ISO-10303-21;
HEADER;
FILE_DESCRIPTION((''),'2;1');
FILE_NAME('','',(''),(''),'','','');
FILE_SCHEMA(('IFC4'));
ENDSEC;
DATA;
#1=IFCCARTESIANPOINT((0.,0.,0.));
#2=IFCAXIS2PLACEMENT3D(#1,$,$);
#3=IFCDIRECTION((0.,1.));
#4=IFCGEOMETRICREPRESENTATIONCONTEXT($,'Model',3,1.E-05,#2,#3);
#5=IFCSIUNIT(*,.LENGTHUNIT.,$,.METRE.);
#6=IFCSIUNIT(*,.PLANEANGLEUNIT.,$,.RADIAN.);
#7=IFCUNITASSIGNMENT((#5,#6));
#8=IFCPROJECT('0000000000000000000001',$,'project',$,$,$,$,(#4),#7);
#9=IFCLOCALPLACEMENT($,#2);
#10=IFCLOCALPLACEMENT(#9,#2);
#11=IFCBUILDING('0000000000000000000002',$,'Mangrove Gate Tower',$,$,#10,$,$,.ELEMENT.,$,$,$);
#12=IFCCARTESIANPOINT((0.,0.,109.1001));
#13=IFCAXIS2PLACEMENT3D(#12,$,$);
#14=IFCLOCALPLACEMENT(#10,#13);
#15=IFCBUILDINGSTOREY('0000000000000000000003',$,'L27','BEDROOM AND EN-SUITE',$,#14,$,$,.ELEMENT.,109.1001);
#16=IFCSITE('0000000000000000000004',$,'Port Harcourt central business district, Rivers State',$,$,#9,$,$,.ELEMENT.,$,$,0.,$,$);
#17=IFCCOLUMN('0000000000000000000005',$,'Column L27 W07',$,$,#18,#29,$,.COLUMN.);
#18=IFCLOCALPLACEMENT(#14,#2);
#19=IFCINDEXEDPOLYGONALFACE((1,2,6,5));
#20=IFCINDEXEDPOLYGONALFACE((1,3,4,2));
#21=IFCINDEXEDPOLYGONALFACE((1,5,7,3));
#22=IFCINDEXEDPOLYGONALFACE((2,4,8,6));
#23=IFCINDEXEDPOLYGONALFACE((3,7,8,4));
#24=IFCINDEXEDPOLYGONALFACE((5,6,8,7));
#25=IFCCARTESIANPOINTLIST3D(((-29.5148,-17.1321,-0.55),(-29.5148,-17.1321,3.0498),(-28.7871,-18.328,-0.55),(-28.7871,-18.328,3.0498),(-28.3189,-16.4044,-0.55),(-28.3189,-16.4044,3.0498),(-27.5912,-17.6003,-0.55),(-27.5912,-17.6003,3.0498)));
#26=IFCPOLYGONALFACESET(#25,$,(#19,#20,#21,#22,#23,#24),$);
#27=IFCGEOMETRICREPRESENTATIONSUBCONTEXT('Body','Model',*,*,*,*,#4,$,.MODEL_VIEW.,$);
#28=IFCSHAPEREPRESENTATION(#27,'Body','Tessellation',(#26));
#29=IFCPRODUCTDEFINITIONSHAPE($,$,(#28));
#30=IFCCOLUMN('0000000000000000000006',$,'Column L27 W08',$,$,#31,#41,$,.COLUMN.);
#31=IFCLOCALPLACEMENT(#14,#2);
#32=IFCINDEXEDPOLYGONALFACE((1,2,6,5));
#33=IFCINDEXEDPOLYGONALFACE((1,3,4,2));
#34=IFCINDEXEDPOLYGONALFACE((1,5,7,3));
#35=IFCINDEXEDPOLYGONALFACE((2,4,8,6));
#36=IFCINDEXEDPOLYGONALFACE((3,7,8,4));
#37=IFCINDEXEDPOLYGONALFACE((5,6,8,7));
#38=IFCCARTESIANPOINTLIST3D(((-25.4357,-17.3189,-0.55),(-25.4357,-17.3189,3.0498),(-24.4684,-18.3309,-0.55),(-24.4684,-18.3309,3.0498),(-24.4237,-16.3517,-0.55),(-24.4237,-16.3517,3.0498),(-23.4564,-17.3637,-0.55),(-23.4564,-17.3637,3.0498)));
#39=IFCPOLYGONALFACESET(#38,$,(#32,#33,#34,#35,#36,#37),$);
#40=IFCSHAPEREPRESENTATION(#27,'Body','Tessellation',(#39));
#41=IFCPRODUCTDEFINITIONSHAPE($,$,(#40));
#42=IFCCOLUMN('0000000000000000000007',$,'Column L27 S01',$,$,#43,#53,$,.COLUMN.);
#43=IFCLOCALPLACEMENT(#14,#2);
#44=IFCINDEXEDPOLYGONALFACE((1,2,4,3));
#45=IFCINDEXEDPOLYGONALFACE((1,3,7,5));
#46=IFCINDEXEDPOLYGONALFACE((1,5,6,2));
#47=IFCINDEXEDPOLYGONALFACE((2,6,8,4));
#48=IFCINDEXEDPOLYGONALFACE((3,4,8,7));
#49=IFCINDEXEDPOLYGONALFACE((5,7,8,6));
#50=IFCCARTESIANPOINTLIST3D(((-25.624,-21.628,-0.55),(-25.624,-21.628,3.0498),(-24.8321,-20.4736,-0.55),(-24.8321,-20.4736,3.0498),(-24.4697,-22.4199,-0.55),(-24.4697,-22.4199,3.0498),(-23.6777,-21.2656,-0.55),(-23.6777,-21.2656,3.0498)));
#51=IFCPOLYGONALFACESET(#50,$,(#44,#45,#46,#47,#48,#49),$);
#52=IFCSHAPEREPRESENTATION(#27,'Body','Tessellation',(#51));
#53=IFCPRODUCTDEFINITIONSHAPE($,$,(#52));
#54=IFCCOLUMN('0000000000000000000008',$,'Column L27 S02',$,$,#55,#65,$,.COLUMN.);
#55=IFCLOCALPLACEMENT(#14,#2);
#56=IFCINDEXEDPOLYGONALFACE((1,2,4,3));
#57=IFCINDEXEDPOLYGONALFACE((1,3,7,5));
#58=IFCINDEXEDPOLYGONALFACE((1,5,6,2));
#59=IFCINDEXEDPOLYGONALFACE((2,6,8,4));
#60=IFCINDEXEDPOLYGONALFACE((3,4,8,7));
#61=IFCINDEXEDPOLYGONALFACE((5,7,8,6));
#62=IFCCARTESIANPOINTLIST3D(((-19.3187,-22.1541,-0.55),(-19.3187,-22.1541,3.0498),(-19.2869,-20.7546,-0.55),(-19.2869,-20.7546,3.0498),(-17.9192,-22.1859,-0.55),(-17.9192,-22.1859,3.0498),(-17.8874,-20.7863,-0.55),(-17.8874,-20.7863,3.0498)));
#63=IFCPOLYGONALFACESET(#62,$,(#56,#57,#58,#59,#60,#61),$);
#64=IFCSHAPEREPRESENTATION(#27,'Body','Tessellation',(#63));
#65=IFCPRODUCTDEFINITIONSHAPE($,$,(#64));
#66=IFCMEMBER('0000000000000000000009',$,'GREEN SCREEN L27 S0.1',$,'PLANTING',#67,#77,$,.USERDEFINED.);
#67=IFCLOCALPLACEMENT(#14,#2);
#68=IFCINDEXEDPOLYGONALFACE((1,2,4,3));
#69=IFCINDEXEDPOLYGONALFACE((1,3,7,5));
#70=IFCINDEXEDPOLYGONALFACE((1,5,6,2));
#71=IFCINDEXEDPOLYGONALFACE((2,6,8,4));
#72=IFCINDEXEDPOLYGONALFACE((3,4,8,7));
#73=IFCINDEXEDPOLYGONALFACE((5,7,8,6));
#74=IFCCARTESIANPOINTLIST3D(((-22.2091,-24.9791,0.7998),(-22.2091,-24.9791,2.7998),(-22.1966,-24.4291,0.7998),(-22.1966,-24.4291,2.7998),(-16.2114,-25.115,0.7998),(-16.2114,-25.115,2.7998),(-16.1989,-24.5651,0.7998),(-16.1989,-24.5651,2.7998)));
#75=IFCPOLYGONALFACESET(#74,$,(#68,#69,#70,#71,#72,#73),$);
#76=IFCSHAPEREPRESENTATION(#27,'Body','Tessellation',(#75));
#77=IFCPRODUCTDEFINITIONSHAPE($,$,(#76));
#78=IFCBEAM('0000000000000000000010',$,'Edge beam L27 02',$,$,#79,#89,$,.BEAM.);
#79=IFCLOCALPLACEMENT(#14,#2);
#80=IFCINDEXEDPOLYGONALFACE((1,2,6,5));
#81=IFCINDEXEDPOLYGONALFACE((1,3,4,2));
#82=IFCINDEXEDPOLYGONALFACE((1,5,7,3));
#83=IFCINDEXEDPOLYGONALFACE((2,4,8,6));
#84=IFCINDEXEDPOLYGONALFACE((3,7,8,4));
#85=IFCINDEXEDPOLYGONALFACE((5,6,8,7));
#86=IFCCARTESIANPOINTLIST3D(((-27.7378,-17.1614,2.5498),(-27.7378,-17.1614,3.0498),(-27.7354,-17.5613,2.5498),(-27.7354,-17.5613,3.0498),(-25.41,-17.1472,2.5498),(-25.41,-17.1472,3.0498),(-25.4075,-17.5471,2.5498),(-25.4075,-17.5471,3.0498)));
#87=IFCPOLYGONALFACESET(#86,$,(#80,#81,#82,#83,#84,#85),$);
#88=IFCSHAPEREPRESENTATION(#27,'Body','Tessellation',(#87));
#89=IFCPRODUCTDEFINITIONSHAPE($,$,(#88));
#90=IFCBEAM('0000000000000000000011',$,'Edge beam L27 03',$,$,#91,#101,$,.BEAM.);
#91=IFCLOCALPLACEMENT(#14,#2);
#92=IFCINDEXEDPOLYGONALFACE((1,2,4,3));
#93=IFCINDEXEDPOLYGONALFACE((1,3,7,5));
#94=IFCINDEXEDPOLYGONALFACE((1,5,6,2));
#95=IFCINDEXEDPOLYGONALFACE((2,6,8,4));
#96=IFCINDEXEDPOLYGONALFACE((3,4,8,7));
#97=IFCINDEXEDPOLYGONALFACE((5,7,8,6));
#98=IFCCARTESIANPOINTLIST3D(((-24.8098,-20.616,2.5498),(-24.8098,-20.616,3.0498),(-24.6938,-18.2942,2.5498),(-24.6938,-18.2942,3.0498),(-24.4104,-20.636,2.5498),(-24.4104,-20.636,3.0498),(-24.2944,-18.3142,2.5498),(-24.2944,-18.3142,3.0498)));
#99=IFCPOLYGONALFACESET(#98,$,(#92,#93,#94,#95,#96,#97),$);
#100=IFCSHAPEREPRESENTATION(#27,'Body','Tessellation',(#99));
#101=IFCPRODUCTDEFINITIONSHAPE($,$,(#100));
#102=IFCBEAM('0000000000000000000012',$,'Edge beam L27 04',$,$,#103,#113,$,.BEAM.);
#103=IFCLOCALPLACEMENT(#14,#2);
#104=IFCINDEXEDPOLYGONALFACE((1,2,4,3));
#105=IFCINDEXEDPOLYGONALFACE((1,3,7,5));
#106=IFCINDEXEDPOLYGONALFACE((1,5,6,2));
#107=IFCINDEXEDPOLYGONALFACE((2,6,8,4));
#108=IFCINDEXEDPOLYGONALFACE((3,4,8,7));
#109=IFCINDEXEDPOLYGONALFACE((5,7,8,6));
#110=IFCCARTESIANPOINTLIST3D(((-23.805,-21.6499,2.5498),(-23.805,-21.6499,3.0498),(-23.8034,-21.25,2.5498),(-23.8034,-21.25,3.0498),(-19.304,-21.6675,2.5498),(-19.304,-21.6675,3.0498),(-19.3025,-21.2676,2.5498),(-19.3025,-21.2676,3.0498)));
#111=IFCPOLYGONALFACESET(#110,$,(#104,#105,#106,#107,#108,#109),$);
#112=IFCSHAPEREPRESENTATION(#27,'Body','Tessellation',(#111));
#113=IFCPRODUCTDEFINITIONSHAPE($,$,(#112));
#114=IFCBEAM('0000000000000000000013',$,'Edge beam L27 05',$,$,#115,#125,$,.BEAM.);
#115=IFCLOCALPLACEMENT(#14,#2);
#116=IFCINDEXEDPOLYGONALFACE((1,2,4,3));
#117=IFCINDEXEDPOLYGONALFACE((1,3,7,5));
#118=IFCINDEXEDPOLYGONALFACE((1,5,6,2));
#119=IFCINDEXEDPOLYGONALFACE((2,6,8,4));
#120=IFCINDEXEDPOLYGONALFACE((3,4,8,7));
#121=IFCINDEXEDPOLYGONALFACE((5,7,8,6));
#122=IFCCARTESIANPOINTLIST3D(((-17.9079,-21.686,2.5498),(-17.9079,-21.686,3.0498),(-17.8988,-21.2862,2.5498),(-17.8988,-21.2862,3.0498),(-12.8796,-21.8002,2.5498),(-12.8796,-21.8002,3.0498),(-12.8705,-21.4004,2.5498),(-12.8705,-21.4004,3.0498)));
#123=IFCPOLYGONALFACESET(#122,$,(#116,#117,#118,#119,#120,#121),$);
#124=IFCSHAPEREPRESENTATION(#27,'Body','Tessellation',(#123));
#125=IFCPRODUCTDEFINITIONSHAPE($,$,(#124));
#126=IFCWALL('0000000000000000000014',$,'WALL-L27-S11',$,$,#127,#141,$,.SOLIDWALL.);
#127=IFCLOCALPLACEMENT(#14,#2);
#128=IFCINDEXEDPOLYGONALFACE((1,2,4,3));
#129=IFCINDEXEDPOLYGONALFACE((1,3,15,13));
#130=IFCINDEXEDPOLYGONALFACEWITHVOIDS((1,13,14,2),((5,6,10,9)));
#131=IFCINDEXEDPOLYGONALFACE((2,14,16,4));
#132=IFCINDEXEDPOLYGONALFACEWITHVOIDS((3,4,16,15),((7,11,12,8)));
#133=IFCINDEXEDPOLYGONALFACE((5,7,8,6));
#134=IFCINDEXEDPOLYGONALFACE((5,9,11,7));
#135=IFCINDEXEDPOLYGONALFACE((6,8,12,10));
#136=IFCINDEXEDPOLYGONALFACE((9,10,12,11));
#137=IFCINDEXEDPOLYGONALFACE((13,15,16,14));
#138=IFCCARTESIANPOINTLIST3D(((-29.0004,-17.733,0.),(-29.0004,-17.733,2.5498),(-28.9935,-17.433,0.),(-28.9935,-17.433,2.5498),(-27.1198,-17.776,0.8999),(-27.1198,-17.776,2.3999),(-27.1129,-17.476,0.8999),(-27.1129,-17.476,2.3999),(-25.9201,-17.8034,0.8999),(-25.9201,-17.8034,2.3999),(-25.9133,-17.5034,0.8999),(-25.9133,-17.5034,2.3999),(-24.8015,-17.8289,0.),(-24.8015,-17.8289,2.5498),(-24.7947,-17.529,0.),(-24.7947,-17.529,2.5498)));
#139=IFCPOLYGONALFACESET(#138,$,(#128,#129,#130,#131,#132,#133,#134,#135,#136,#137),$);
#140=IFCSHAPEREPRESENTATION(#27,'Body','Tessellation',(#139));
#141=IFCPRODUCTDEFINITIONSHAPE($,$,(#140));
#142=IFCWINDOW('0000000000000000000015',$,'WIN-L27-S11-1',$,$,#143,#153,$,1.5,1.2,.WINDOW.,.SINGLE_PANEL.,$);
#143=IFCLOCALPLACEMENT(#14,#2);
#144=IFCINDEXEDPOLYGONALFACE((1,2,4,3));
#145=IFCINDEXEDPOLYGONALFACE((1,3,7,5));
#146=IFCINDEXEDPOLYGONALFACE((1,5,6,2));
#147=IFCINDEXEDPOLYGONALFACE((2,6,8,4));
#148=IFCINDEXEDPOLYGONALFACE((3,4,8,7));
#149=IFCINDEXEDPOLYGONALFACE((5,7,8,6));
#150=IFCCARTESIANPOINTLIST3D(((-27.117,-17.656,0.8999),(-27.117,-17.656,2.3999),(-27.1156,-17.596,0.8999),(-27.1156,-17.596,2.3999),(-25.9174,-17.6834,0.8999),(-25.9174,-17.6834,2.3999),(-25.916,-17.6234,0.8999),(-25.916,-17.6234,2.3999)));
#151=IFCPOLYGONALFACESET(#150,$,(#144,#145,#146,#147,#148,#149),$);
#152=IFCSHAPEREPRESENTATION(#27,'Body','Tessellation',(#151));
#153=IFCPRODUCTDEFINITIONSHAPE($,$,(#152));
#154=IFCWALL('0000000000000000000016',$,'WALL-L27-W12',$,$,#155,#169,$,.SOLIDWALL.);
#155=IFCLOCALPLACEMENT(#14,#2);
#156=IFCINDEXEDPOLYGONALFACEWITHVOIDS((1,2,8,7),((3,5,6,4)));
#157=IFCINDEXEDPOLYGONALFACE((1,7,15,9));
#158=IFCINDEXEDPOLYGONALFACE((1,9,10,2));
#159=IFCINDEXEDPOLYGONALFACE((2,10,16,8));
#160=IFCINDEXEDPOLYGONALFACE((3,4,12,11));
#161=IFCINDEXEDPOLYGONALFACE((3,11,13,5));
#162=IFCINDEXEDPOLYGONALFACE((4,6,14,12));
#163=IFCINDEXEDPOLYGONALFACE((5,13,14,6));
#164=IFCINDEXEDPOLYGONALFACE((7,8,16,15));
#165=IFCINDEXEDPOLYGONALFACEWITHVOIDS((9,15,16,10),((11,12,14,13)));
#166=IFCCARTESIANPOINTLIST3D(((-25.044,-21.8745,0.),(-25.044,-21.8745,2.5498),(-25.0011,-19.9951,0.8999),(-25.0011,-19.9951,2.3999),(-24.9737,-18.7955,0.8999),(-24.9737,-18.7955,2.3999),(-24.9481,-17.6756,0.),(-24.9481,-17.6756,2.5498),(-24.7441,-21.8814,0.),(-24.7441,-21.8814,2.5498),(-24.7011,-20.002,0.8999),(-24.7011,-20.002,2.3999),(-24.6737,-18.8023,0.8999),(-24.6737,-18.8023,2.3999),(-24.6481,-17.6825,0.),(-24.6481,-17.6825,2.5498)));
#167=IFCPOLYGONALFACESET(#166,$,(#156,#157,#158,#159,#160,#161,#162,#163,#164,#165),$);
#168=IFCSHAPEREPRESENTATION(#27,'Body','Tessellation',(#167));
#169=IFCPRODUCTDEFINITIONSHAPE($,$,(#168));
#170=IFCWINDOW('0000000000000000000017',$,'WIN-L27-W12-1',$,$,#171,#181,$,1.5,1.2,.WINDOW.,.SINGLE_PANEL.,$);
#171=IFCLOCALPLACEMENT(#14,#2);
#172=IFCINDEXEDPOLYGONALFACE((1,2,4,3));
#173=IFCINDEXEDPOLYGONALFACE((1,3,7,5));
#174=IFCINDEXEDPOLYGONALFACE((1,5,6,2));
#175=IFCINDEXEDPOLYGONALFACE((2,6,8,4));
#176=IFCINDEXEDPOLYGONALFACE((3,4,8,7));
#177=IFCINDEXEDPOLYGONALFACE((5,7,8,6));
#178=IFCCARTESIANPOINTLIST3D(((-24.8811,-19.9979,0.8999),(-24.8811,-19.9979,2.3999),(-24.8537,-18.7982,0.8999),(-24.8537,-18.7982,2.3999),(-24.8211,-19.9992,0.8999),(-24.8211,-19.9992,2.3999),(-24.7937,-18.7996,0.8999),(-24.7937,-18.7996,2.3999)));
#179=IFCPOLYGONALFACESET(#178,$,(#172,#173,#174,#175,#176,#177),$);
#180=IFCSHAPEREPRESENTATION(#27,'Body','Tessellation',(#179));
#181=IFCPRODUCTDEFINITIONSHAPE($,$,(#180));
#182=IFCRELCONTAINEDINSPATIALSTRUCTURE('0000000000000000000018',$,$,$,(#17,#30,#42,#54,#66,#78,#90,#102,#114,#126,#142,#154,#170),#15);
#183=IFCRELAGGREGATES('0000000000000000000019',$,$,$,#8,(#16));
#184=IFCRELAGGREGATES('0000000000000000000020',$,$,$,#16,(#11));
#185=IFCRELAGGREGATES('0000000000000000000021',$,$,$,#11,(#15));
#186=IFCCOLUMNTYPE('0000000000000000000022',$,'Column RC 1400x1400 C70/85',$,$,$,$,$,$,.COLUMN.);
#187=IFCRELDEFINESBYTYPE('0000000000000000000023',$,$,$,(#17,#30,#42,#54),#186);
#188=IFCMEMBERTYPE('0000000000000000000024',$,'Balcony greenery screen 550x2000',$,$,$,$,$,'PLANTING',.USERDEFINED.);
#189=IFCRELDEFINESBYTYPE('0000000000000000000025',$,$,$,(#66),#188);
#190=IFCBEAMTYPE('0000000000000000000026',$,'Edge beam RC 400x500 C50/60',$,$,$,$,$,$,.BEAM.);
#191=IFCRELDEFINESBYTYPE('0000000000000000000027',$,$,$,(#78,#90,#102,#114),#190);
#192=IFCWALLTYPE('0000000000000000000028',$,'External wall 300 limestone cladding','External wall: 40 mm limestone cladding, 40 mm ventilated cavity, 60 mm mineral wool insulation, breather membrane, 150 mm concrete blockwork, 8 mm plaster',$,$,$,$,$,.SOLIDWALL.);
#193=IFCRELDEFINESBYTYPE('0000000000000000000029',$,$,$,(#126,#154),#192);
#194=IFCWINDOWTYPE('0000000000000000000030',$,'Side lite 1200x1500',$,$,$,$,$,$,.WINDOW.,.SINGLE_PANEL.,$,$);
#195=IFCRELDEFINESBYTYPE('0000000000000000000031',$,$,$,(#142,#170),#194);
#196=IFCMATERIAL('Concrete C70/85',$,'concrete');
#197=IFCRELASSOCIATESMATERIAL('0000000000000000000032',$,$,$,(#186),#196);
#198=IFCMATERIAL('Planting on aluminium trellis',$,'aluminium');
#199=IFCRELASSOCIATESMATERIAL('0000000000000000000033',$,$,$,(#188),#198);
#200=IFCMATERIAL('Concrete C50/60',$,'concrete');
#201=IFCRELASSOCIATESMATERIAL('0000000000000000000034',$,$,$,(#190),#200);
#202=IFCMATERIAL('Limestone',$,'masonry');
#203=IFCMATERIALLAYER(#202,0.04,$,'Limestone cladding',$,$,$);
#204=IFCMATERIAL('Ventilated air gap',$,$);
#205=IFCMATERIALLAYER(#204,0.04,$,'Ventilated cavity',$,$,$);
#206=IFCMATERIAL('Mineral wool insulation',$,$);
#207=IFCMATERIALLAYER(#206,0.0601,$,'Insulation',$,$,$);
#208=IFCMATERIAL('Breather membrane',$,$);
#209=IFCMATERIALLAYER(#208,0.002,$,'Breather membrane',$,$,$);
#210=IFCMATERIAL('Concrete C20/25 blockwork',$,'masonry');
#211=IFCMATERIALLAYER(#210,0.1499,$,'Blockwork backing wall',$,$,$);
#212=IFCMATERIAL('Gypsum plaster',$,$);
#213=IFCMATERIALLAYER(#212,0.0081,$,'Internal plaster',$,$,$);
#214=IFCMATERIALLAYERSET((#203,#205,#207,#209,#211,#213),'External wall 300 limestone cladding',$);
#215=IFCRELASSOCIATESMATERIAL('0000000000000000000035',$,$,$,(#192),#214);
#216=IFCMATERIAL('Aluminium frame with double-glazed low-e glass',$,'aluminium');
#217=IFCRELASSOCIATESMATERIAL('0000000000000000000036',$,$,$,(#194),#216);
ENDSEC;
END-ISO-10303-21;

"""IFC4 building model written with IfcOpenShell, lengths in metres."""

from ifc_helpers import new_model, si_unit, direction, frame, frame_2d, origin, origin_2d, place, context, subcontext, project, spatial, rectangle, extrude, material, layer, layer_set, material_profile, profile_set, type_object, element, fill, save


model = new_model("IFC4")

# Units and contexts
model_context = context("Model", 3, precision=1e-05, world=origin(), true_north=direction((0.0, 1.0)))
body_context = subcontext(model_context, "Body", "Model", "MODEL_VIEW")
ifc_project = project(units=[si_unit("LENGTHUNIT", "METRE"), si_unit("PLANEANGLEUNIT", "RADIAN")], contexts=[model_context])

# Site, building, storey
site_placement = place(None, origin())
site = spatial("IfcSite", under=ifc_project, at=site_placement, Name="Port Harcourt central business district, Rivers State", CompositionType="ELEMENT", RefElevation=0.0)
building_placement = place(site_placement, origin())
building = spatial("IfcBuilding", under=site, at=building_placement, Name="Mangrove Gate Tower", CompositionType="ELEMENT")
storey_placement = place(building_placement, frame((0.0, 0.0, 109.1001)))
storey = spatial("IfcBuildingStorey", under=building, at=storey_placement, Name="L27", Description="BEDROOM AND EN-SUITE", CompositionType="ELEMENT", Elevation=109.1001)

# Columns
ifc_material_1 = material(Name="Concrete C70/85", Category="concrete")
ifc_material_profile_1 = material_profile(ifc_material_1, rectangle(XDim=1.3999, YDim=1.3999, at=origin_2d()))
ifc_profile_set_1 = profile_set([ifc_material_profile_1], Name="Concrete C70/85")
column_type = type_object("IfcColumnType", Name="Column RC 1400x1400 C70/85", PredefinedType="COLUMN", material=ifc_profile_set_1)
for number, where, z_axis, x_axis, name in (
    (1, (-28.553, -17.3662, -0.55), (0.0, 0.0, 1.0), (0.519809, -0.854283, 0.0), "Column L27 W07"),
    (2, (-24.446, -17.3413, -0.55), (0.0, 0.0, 1.0), (0.690932, -0.72292, 0.0), "Column L27 W08"),
    (3, (-24.6509, -21.4468, -0.55), (0.0, 0.0, 1.0), (0.824585, -0.565738, 0.0), "Column L27 S01"),
    (4, (-18.603, -21.4702, -0.55), (0.0, 0.0, 1.0), (0.999742, -0.022707, 0.0), "Column L27 S02"),
):
    element("IfcColumn", number, at=place(storey_placement, frame(where, z_axis=z_axis, x_axis=x_axis)), inside=storey, type_object=column_type, Name=name, PredefinedType="COLUMN", context=body_context, shape_type="SweptSolid", body=[
        extrude(rectangle(XDim=1.3999, YDim=1.3999, at=origin_2d()), origin(), (0.0, 0.0, 1.0), 3.5999),
    ])

# Member
ifc_material_2 = material(Name="Planting on aluminium trellis", Category="aluminium")
ifc_material_profile_2 = material_profile(ifc_material_2, rectangle(XDim=0.55, YDim=2.0, at=origin_2d()))
ifc_profile_set_2 = profile_set([ifc_material_profile_2], Name="Planting on aluminium trellis")
member_type = type_object("IfcMemberType", Name="Balcony greenery screen 550x2000", ElementType="PLANTING", PredefinedType="USERDEFINED", material=ifc_profile_set_2)
member_placement = place(storey_placement, frame((-22.2029, -24.7041, 1.7998), z_axis=(0.999743, -0.022667, 0.0), x_axis=(0.022667, 0.999743, 0.0)))
element("IfcMember", 5, at=member_placement, inside=storey, type_object=member_type, Name="GREEN SCREEN L27 S0.1", ObjectType="PLANTING", PredefinedType="USERDEFINED", context=body_context, shape_type="SweptSolid", body=[
    extrude(rectangle(XDim=0.55, YDim=2.0, at=origin_2d()), origin(), (0.0, 0.0, 1.0), 5.9993),
])

# Beams
ifc_material_3 = material(Name="Concrete C50/60", Category="concrete")
ifc_material_profile_3 = material_profile(ifc_material_3, rectangle(XDim=0.3999, YDim=0.5, at=origin_2d()))
ifc_profile_set_3 = profile_set([ifc_material_profile_3], Name="Concrete C50/60")
beam_type = type_object("IfcBeamType", Name="Edge beam RC 400x500 C50/60", PredefinedType="BEAM", material=ifc_profile_set_3)
beam_1_placement = place(storey_placement, frame((-27.7366, -17.3613, 2.7998), z_axis=(0.999981, 0.006083, 0.0), x_axis=(-0.006083, 0.999981, 0.0)))
element("IfcBeam", 6, at=beam_1_placement, inside=storey, type_object=beam_type, Name="Edge beam L27 02", PredefinedType="BEAM", context=body_context, shape_type="SweptSolid", body=[
    extrude(rectangle(XDim=0.3999, YDim=0.5, at=origin_2d()), origin(), (0.0, 0.0, 1.0), 2.3279),
])
beam_2_placement = place(storey_placement, frame((-24.4941, -18.3042, 2.7998), z_axis=(-0.049885, -0.998755, 0.0), x_axis=(0.998755, -0.049885, 0.0)))
element("IfcBeam", 7, at=beam_2_placement, inside=storey, type_object=beam_type, Name="Edge beam L27 03", PredefinedType="BEAM", context=body_context, shape_type="SweptSolid", body=[
    extrude(rectangle(XDim=0.3999, YDim=0.5, at=origin_2d()), origin(), (0.0, 0.0, 1.0), 2.3247),
])
beam_3_placement = place(storey_placement, frame((-23.8042, -21.45, 2.7998), z_axis=(0.999992, -0.003905, 0.0), x_axis=(0.003905, 0.999992, 0.0)))
element("IfcBeam", 8, at=beam_3_placement, inside=storey, type_object=beam_type, Name="Edge beam L27 04", PredefinedType="BEAM", context=body_context, shape_type="SweptSolid", body=[
    extrude(rectangle(XDim=0.3999, YDim=0.5, at=origin_2d()), origin(), (0.0, 0.0, 1.0), 4.501),
])
beam_4_placement = place(storey_placement, frame((-17.9033, -21.4861, 2.7998), z_axis=(0.999742, -0.022717, 0.0), x_axis=(0.022717, 0.999742, 0.0)))
element("IfcBeam", 9, at=beam_4_placement, inside=storey, type_object=beam_type, Name="Edge beam L27 05", PredefinedType="BEAM", context=body_context, shape_type="SweptSolid", body=[
    extrude(rectangle(XDim=0.3999, YDim=0.5, at=origin_2d()), origin(), (0.0, 0.0, 1.0), 5.0295),
])

# Walls, openings, windows
ifc_material_4 = material(Name="Limestone", Category="masonry")
ifc_layer_1 = layer(ifc_material_4, 0.04, Name="Limestone cladding")
ifc_material_5 = material(Name="Ventilated air gap")
ifc_layer_2 = layer(ifc_material_5, 0.04, Name="Ventilated cavity")
ifc_material_6 = material(Name="Mineral wool insulation")
ifc_layer_3 = layer(ifc_material_6, 0.0601, Name="Insulation")
ifc_material_7 = material(Name="Breather membrane")
ifc_layer_4 = layer(ifc_material_7, 0.002, Name="Breather membrane")
ifc_material_8 = material(Name="Concrete C20/25 blockwork", Category="masonry")
ifc_layer_5 = layer(ifc_material_8, 0.1499, Name="Blockwork backing wall")
ifc_material_9 = material(Name="Gypsum plaster")
ifc_layer_6 = layer(ifc_material_9, 0.0081, Name="Internal plaster")
ifc_layer_set_1 = layer_set([ifc_layer_1, ifc_layer_2, ifc_layer_3, ifc_layer_4, ifc_layer_5, ifc_layer_6], Name="External wall 300 limestone cladding")
wall_type_1 = type_object("IfcWallType", Name="External wall 300 limestone cladding", Description="External wall: 40 mm limestone cladding, 40 mm ventilated cavity, 60 mm mineral wool insulation, breather membrane, 150 mm concrete blockwork, 8 mm plaster", PredefinedType="SOLIDWALL", material=ifc_layer_set_1)
wall_1_placement = place(storey_placement, frame((-28.9971, -17.583, 0.0), z_axis=(0.0, 0.0, 1.0), x_axis=(0.999739, -0.022844, 0.0)))
wall_1 = element("IfcWall", 10, at=wall_1_placement, inside=storey, type_object=wall_type_1, Name="WALL-L27-S11", PredefinedType="SOLIDWALL", context=body_context, shape_type="SweptSolid", body=[
    extrude(rectangle(XDim=4.2, YDim=0.3, at=frame_2d((2.1001, 0.0))), origin(), (0.0, 0.0, 1.0), 2.5498),
])
opening_1_placement = place(wall_1_placement, frame((1.8811, 0.0, 0.8999)))
opening_1 = element("IfcOpeningElement", 11, at=opening_1_placement, cuts=wall_1, PredefinedType="OPENING", context=body_context, shape_type="SweptSolid", body=[
    extrude(rectangle(XDim=1.2, YDim=1.5, at=frame_2d((0.6001, 0.75))), frame((0.0, 0.1599, 0.0), z_axis=(0.0, -1.0, 0.0), x_axis=(1.0, 0.0, 0.0)), (0.0, 0.0, 1.0), 0.3201),
])
ifc_material_10 = material(Name="Aluminium frame with double-glazed low-e glass", Category="aluminium")
window_type_1 = type_object("IfcWindowType", Name="Side lite 1200x1500", PartitioningType="SINGLE_PANEL", PredefinedType="WINDOW", material=ifc_material_10)
window_1_placement = place(opening_1_placement, origin())
window_1 = element("IfcWindow", 12, at=window_1_placement, inside=storey, type_object=window_type_1, Name="WIN-L27-S11-1", OverallHeight=1.5, OverallWidth=1.2, PartitioningType="SINGLE_PANEL", PredefinedType="WINDOW", context=body_context, shape_type="SweptSolid", body=[
    extrude(rectangle(XDim=1.2, YDim=1.5, at=frame_2d((0.6001, 0.75))), frame((0.0, 0.03, 0.0), z_axis=(0.0, -1.0, 0.0), x_axis=(1.0, 0.0, 0.0)), (0.0, 0.0, 1.0), 0.0601),
])
fill(opening_1, window_1)
wall_2_placement = place(storey_placement, frame((-24.7981, -17.679, 0.0), z_axis=(0.0, 0.0, 1.0), x_axis=(-0.022844, -0.999739, 0.0)))
wall_2 = element("IfcWall", 13, at=wall_2_placement, inside=storey, type_object=wall_type_1, Name="WALL-L27-W12", PredefinedType="SOLIDWALL", context=body_context, shape_type="SweptSolid", body=[
    extrude(rectangle(XDim=4.2, YDim=0.3, at=frame_2d((2.1001, 0.0))), origin(), (0.0, 0.0, 1.0), 2.5498),
])
opening_2_placement = place(wall_2_placement, frame((1.1201, 0.0, 0.8999)))
opening_2 = element("IfcOpeningElement", 14, at=opening_2_placement, cuts=wall_2, PredefinedType="OPENING", context=body_context, shape_type="SweptSolid", body=[
    extrude(rectangle(XDim=1.2, YDim=1.5, at=frame_2d((0.6001, 0.75))), frame((0.0, 0.1599, 0.0), z_axis=(0.0, -1.0, 0.0), x_axis=(1.0, 0.0, 0.0)), (0.0, 0.0, 1.0), 0.3201),
])
window_2_placement = place(opening_2_placement, origin())
window_2 = element("IfcWindow", 15, at=window_2_placement, inside=storey, type_object=window_type_1, Name="WIN-L27-W12-1", OverallHeight=1.5, OverallWidth=1.2, PartitioningType="SINGLE_PANEL", PredefinedType="WINDOW", context=body_context, shape_type="SweptSolid", body=[
    extrude(rectangle(XDim=1.2, YDim=1.5, at=frame_2d((0.6001, 0.75))), frame((0.0, 0.03, 0.0), z_axis=(0.0, -1.0, 0.0), x_axis=(1.0, 0.0, 0.0)), (0.0, 0.0, 1.0), 0.0601),
])
fill(opening_2, window_2)

save(model, "model.ifc")
